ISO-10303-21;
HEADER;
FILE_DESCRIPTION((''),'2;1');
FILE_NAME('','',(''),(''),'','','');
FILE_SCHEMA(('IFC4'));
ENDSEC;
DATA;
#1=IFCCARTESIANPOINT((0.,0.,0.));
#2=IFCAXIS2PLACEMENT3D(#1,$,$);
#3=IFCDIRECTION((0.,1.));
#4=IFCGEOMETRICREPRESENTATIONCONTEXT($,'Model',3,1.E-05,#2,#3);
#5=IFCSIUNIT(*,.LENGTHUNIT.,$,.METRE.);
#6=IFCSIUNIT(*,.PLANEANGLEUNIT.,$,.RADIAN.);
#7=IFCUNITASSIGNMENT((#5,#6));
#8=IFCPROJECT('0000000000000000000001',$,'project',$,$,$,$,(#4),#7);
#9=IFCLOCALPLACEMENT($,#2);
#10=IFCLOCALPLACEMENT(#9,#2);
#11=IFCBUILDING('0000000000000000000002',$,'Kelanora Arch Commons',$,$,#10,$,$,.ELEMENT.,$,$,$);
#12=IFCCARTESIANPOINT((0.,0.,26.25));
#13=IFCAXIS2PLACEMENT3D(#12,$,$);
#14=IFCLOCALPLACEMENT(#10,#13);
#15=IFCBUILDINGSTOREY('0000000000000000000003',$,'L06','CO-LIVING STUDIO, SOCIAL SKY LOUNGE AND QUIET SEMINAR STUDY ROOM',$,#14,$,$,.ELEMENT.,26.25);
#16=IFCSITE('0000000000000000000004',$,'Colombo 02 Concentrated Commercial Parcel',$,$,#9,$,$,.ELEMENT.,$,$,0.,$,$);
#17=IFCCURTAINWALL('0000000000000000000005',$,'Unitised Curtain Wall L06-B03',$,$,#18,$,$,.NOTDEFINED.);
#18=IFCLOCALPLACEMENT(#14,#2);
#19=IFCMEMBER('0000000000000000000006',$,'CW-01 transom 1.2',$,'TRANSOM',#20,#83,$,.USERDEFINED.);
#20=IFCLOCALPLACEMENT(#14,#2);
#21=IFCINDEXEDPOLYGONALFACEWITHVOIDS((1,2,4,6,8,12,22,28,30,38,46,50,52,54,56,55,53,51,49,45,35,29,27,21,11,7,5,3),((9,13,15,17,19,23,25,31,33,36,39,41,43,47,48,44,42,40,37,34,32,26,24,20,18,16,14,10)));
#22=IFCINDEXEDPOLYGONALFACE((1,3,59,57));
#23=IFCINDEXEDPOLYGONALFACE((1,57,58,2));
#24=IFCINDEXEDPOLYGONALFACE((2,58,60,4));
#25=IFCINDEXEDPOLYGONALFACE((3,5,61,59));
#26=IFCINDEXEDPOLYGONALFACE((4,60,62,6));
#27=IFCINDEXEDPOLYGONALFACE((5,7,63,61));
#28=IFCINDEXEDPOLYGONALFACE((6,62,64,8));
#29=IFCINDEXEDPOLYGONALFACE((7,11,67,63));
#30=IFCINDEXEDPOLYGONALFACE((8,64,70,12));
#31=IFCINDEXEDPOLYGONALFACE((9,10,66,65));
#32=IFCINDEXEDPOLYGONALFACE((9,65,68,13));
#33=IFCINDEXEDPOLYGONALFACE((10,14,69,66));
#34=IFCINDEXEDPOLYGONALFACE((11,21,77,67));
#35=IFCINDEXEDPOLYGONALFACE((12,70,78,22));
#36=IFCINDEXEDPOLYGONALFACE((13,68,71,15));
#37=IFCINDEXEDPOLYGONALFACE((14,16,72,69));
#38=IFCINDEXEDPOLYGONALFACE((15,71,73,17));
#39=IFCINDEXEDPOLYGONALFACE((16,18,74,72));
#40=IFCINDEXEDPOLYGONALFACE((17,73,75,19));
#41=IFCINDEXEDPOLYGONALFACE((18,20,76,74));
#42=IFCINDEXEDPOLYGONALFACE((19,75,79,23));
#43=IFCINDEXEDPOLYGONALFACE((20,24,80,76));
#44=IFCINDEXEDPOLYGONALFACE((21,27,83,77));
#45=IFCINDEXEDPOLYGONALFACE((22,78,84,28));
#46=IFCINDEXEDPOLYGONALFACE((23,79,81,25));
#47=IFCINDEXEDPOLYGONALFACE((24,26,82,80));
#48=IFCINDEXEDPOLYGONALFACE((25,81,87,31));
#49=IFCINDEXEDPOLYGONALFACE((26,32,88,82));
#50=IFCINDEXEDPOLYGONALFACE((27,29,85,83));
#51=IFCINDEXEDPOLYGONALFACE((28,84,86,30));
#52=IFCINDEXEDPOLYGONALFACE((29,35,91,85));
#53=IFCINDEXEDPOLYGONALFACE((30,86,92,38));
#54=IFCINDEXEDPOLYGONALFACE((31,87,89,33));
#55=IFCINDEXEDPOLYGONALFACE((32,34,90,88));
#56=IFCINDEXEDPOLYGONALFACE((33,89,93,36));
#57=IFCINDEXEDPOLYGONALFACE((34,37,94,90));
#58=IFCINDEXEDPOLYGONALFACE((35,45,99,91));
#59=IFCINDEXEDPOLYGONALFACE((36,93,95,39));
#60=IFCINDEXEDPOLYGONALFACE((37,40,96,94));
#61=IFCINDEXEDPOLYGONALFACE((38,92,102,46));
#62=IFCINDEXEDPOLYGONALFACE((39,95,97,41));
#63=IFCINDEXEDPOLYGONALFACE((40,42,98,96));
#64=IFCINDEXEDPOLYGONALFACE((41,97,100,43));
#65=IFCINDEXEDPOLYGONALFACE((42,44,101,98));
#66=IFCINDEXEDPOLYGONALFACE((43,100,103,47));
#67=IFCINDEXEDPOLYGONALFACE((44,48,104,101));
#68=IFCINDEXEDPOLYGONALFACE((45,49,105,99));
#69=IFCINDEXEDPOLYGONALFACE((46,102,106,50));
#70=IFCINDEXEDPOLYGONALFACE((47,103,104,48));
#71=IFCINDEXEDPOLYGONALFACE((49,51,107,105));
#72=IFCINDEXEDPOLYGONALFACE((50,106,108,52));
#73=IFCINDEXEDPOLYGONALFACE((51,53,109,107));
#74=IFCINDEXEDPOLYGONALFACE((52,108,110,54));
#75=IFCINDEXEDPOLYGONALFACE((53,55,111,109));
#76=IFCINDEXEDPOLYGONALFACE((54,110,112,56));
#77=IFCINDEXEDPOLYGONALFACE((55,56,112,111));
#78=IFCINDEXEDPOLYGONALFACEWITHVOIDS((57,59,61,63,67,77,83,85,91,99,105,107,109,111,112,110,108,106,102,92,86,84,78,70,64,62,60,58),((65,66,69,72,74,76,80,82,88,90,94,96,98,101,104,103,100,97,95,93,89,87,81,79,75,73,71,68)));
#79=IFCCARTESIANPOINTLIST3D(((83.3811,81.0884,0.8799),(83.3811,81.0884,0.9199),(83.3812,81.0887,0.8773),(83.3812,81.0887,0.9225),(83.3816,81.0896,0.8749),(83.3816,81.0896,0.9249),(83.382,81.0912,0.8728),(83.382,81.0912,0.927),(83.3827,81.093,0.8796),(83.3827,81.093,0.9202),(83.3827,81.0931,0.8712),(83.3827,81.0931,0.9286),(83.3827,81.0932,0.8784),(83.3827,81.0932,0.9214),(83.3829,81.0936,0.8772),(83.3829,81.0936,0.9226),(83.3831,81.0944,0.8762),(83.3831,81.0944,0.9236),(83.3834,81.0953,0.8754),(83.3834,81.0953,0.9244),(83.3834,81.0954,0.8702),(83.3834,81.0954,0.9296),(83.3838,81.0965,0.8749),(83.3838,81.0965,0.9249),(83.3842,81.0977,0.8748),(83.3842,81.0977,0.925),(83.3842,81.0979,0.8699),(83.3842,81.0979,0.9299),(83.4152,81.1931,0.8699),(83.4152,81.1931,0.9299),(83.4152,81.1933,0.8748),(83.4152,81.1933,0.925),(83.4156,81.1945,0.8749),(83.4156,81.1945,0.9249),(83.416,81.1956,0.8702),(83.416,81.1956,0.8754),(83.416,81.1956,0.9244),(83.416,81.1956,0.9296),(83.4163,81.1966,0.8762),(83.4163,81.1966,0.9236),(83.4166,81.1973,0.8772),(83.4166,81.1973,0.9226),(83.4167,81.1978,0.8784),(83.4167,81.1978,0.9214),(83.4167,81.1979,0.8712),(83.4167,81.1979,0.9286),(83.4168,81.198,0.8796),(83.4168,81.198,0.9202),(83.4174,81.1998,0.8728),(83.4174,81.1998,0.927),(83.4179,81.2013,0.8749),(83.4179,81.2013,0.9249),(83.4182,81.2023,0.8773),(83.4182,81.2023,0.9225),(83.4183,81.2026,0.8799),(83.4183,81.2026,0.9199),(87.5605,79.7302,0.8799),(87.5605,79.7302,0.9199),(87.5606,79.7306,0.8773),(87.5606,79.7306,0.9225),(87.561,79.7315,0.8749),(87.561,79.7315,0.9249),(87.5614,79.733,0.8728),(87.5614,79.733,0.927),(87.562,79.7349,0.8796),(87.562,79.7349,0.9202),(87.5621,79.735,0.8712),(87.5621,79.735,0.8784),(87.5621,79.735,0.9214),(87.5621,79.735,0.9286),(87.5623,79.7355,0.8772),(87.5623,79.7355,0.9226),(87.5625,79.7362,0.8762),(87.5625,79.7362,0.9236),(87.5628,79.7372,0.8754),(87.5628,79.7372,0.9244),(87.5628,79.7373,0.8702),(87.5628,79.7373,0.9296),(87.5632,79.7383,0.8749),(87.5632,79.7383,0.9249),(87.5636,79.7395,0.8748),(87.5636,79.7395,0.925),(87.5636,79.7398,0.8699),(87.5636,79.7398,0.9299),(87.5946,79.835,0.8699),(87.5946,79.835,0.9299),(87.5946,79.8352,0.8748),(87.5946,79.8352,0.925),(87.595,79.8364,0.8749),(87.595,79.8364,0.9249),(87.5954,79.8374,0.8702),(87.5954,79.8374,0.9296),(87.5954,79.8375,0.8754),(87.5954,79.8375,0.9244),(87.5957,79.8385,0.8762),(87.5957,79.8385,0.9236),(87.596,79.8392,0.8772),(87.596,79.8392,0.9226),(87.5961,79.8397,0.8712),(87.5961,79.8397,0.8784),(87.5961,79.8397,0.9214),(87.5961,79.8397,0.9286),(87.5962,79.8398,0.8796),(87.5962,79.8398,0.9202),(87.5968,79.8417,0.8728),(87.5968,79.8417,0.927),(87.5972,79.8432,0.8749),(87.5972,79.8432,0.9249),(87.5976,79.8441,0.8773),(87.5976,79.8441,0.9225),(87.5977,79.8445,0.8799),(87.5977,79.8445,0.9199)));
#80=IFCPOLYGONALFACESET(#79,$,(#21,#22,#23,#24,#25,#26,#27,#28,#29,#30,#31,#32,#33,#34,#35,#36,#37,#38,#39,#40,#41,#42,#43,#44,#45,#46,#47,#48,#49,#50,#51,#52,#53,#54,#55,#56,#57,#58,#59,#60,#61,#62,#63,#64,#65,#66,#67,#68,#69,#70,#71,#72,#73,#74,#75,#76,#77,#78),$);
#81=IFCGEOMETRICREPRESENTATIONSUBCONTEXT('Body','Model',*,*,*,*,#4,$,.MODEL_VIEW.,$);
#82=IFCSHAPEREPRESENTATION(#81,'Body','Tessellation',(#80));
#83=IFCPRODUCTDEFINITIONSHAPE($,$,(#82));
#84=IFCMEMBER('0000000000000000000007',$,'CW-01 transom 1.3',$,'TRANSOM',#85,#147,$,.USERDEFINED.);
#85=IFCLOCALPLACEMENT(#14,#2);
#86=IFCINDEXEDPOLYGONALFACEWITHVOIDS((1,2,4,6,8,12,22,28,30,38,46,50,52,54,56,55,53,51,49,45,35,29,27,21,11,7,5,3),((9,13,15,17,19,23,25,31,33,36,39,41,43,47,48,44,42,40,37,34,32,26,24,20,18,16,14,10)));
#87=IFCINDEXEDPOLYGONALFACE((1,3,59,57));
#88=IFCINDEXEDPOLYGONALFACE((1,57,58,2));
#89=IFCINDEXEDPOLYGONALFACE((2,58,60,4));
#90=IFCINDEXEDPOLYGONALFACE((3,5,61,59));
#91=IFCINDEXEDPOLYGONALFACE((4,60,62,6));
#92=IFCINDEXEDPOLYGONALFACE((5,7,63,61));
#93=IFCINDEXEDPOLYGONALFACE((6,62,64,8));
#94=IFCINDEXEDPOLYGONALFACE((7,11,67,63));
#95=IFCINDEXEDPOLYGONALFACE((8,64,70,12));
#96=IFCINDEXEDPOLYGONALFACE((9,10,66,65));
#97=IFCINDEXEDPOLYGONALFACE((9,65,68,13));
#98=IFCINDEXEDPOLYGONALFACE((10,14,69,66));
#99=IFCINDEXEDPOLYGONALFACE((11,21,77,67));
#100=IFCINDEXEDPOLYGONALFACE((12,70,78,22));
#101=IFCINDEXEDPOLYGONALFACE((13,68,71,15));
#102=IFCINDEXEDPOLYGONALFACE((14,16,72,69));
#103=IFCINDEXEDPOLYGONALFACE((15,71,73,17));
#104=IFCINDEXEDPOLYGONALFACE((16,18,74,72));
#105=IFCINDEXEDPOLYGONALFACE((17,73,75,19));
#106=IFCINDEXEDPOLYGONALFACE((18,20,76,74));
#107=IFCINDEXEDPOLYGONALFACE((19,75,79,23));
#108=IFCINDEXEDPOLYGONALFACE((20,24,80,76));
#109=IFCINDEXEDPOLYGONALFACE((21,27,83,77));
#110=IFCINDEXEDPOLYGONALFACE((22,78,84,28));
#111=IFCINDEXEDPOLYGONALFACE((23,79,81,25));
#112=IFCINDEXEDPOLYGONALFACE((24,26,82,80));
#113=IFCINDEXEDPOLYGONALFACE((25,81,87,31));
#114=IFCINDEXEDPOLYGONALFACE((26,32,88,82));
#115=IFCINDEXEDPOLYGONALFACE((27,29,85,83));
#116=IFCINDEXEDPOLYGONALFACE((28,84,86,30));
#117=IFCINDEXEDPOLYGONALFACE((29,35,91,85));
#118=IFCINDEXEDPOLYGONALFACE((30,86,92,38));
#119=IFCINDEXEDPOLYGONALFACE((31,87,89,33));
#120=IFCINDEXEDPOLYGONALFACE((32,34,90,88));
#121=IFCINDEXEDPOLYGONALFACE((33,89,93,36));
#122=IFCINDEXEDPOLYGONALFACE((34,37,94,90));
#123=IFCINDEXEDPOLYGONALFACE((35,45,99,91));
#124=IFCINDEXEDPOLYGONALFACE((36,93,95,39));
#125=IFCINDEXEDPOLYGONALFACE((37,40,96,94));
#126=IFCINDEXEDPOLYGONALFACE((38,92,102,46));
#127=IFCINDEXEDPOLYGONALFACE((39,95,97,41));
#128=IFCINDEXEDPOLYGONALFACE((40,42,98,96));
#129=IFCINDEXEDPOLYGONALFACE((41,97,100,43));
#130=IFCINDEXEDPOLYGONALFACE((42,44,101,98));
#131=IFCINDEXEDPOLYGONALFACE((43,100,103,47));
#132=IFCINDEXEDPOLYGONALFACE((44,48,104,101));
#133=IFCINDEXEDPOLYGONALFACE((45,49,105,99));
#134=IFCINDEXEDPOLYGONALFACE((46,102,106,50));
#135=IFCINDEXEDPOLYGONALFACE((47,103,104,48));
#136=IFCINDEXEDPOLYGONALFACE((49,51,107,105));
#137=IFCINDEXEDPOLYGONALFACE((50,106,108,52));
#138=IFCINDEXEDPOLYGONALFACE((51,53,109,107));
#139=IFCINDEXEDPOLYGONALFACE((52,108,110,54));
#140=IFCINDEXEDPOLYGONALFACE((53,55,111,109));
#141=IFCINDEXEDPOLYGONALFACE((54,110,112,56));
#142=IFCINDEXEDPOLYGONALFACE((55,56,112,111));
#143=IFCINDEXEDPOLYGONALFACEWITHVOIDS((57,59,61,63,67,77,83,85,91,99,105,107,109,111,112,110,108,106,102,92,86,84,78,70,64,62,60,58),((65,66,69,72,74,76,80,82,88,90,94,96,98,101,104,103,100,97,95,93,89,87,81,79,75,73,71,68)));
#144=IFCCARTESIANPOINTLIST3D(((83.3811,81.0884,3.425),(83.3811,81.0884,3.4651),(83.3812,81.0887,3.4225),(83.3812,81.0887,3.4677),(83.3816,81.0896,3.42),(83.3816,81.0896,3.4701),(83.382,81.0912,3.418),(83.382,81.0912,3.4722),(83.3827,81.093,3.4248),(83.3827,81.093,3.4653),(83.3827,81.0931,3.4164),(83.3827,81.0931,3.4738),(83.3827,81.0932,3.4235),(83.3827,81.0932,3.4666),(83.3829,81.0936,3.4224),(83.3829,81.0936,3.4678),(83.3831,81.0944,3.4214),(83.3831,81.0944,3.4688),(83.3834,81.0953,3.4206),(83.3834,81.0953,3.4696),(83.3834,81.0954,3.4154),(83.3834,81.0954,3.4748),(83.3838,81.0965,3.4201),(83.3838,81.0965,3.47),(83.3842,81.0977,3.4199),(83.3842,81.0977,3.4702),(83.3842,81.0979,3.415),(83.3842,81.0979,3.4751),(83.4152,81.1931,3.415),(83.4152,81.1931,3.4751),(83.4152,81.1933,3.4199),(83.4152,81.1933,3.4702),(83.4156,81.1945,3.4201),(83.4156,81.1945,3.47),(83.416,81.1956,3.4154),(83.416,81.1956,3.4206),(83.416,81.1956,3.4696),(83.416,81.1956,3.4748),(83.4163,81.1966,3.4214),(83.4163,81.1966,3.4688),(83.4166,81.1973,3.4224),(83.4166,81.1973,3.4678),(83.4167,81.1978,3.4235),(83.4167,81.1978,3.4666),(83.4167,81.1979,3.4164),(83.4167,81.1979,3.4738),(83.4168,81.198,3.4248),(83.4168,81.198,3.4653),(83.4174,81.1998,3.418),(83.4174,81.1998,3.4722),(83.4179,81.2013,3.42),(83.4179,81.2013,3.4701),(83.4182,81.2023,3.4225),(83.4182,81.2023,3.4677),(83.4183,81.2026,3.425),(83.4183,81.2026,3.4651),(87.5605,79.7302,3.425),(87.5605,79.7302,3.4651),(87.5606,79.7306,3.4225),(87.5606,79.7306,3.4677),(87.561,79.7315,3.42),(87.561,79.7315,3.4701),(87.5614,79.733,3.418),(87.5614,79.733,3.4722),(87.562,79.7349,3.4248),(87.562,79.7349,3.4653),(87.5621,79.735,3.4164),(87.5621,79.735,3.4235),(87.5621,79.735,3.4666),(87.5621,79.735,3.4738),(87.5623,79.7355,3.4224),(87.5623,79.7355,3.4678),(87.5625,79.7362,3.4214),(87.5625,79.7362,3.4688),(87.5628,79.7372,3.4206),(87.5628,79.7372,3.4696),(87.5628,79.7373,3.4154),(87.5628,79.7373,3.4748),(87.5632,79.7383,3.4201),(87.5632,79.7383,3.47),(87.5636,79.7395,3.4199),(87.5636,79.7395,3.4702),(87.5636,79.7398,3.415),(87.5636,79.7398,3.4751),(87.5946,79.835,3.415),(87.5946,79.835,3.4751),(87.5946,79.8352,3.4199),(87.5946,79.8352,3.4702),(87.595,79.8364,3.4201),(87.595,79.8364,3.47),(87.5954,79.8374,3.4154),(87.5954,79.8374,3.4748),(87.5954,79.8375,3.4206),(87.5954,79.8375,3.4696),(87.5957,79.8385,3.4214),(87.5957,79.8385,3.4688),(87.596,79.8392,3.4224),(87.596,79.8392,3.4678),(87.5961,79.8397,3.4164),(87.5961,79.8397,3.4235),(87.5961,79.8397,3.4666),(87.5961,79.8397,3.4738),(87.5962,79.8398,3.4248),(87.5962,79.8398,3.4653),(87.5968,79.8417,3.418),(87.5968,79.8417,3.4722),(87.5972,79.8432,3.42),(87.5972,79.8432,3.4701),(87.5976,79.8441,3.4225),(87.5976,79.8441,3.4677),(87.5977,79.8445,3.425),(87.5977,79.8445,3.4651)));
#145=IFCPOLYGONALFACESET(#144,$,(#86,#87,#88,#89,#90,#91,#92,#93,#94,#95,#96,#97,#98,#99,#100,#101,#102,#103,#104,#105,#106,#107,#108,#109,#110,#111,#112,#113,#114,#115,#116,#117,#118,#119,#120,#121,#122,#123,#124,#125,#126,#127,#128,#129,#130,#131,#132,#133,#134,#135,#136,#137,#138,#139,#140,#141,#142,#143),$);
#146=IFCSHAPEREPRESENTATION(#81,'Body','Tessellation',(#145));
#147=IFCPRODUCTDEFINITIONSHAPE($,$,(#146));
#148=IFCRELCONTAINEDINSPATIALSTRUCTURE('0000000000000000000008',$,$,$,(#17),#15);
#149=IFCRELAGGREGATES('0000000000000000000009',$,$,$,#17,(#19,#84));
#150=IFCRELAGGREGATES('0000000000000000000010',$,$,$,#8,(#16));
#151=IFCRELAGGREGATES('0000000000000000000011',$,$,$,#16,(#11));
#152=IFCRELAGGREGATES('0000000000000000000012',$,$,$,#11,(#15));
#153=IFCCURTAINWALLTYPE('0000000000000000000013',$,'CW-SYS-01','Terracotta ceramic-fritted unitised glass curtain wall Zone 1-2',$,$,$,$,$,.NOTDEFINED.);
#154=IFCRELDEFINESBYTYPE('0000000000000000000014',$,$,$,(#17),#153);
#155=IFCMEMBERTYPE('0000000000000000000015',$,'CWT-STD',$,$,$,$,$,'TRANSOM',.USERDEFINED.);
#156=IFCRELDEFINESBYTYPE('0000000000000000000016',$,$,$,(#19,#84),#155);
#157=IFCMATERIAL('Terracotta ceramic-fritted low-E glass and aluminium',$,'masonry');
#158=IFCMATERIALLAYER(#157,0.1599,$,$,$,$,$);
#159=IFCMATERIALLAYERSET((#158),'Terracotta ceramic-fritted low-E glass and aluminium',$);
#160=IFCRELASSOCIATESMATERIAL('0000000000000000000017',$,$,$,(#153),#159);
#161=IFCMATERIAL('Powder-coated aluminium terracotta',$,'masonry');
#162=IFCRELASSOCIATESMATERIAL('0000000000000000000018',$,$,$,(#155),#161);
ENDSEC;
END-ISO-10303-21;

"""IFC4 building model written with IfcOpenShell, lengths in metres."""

from ifc_helpers import new_model, si_unit, direction, frame, origin, origin_2d, place, context, subcontext, project, spatial, hollow_rectangle, extrude, material, layer, layer_set, material_profile, profile_set, type_object, element, aggregate, save


model = new_model("IFC4")

# Units and contexts
model_context = context("Model", 3, precision=1e-05, world=origin(), true_north=direction((0.0, 1.0)))
body_context = subcontext(model_context, "Body", "Model", "MODEL_VIEW")
ifc_project = project(units=[si_unit("LENGTHUNIT", "METRE"), si_unit("PLANEANGLEUNIT", "RADIAN")], contexts=[model_context])

# Site, building, storey
site_placement = place(None, origin())
site = spatial("IfcSite", under=ifc_project, at=site_placement, Name="Colombo 02 Concentrated Commercial Parcel", CompositionType="ELEMENT", RefElevation=0.0)
building_placement = place(site_placement, origin())
building = spatial("IfcBuilding", under=site, at=building_placement, Name="Kelanora Arch Commons", CompositionType="ELEMENT")
storey_placement = place(building_placement, frame((0.0, 0.0, 26.25)))
storey = spatial("IfcBuildingStorey", under=building, at=storey_placement, Name="L06", Description="CO-LIVING STUDIO, SOCIAL SKY LOUNGE AND QUIET SEMINAR STUDY ROOM", CompositionType="ELEMENT", Elevation=26.25)

# Curtain wall, members
ifc_material_1 = material(Name="Terracotta ceramic-fritted low-E glass and aluminium", Category="masonry")
ifc_layer_1 = layer(ifc_material_1, 0.1599)
ifc_layer_set_1 = layer_set([ifc_layer_1], Name="Terracotta ceramic-fritted low-E glass and aluminium")
curtain_wall_type = type_object("IfcCurtainWallType", Name="CW-SYS-01", Description="Terracotta ceramic-fritted unitised glass curtain wall Zone 1-2", PredefinedType="NOTDEFINED", material=ifc_layer_set_1)
curtain_wall_placement = place(storey_placement, origin())
curtain_wall = element("IfcCurtainWall", 1, at=curtain_wall_placement, inside=storey, type_object=curtain_wall_type, Name="Unitised Curtain Wall L06-B03", PredefinedType="NOTDEFINED")
ifc_material_2 = material(Name="Powder-coated aluminium terracotta", Category="masonry")
ifc_material_profile_1 = material_profile(ifc_material_2, hollow_rectangle(XDim=0.1201, YDim=0.0601, WallThickness=0.0049, InnerFilletRadius=0.0049, OuterFilletRadius=0.01, at=origin_2d()), Name="CWT120x60")
ifc_profile_set_1 = profile_set([ifc_material_profile_1], Name="Powder-coated aluminium terracotta")
member_type_1 = type_object("IfcMemberType", Name="CWT-STD", ElementType="TRANSOM", PredefinedType="USERDEFINED", material=ifc_profile_set_1)
member_1_placement = place(storey_placement, frame((87.5791, 79.7874, 0.8999), z_axis=(-0.951045, 0.309052, 0.0), x_axis=(-0.309052, -0.951045, 0.0)))
member_1 = element("IfcMember", 2, at=member_1_placement, type_object=member_type_1, Name="CW-01 transom 1.2", ObjectType="TRANSOM", PredefinedType="USERDEFINED", context=body_context, shape_type="SweptSolid", body=[
    extrude(hollow_rectangle(XDim=0.1201, YDim=0.0601, WallThickness=0.0049, InnerFilletRadius=0.0049, OuterFilletRadius=0.01, at=origin_2d()), origin(), (0.0, 0.0, 1.0), 4.3945),
])
member_2_placement = place(storey_placement, frame((87.5791, 79.7874, 3.4451), z_axis=(-0.951045, 0.309052, 0.0), x_axis=(-0.309052, -0.951045, 0.0)))
member_2 = element("IfcMember", 3, at=member_2_placement, type_object=member_type_1, Name="CW-01 transom 1.3", ObjectType="TRANSOM", PredefinedType="USERDEFINED", context=body_context, shape_type="SweptSolid", body=[
    extrude(hollow_rectangle(XDim=0.1201, YDim=0.0601, WallThickness=0.0049, InnerFilletRadius=0.0049, OuterFilletRadius=0.01, at=origin_2d()), origin(), (0.0, 0.0, 1.0), 4.3945),
])
aggregate(curtain_wall, [member_1, member_2])

save(model, "model.ifc")
